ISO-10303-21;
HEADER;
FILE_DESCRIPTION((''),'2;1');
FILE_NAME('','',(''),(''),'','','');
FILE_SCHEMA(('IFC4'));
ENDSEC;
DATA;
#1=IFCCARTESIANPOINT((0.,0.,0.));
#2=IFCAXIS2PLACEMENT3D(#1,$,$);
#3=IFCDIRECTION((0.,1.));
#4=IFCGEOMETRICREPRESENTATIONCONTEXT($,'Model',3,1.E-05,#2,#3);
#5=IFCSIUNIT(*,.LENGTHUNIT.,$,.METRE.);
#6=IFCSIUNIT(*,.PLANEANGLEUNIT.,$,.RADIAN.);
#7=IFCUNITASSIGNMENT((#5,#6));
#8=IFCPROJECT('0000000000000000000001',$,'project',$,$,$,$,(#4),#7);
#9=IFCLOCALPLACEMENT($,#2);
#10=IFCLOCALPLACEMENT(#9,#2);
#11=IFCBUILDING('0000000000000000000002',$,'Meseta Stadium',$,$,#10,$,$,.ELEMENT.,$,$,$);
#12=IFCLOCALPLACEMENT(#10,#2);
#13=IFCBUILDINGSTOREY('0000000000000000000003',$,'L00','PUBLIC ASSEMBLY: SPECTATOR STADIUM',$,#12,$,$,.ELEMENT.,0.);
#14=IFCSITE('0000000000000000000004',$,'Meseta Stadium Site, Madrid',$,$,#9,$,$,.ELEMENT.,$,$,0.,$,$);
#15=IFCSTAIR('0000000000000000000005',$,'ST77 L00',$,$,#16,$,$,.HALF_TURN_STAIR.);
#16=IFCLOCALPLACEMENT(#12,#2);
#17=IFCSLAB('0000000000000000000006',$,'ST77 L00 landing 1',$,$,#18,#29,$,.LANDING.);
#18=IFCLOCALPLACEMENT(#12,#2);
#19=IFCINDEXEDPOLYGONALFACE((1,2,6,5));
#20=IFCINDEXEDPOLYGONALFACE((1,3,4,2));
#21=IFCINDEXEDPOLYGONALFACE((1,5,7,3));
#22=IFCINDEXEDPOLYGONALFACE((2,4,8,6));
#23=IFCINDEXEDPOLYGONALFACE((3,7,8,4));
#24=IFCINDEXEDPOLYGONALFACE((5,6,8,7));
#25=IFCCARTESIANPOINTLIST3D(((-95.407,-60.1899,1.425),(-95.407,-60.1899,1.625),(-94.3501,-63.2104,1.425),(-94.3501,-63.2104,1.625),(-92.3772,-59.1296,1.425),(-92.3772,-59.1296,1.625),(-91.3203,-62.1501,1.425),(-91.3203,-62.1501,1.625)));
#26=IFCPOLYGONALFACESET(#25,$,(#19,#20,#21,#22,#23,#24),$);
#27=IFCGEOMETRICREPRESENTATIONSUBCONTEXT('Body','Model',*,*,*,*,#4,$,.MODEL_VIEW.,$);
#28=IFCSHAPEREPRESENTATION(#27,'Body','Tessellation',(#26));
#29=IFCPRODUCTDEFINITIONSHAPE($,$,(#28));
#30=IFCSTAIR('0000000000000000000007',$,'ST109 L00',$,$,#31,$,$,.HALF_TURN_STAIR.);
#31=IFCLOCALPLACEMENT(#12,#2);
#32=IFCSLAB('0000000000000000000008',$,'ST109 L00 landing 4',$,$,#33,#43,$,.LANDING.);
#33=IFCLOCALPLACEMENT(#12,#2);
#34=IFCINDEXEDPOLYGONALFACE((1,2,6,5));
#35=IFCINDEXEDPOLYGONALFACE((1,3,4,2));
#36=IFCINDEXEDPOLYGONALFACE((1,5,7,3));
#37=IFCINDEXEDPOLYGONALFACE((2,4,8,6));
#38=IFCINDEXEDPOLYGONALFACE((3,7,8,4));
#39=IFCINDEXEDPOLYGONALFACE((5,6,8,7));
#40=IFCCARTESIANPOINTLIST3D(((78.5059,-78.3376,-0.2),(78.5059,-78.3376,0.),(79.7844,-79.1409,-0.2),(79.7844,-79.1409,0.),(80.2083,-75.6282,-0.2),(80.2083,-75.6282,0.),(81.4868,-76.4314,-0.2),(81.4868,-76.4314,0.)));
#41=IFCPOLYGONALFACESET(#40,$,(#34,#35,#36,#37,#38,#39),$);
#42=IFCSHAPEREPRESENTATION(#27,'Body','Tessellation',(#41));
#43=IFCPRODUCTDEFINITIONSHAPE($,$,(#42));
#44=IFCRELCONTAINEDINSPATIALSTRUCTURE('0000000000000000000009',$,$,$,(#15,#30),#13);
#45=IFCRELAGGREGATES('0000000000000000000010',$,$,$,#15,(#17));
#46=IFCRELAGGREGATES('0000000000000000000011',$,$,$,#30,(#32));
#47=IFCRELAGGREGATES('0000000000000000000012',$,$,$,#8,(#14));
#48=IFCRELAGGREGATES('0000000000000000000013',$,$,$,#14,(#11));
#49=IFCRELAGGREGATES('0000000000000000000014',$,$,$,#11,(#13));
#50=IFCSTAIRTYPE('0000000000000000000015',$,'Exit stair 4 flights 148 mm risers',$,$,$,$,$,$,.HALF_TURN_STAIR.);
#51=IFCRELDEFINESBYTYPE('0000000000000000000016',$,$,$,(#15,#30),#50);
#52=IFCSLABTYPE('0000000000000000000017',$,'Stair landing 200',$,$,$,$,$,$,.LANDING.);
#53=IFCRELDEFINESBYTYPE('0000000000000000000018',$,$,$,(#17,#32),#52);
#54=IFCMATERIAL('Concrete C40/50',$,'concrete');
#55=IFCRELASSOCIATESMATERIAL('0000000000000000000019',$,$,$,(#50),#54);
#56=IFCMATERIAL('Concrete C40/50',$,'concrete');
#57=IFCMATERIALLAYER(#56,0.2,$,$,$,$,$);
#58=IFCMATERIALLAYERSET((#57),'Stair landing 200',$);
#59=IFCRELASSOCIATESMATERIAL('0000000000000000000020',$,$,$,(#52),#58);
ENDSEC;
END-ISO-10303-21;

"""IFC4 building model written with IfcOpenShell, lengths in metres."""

from ifc_helpers import new_model, si_unit, direction, frame, origin, place, context, subcontext, project, spatial, polyline, outline, extrude, material, layer, layer_set, type_object, element, aggregate, save


model = new_model("IFC4")

# Units and contexts
model_context = context("Model", 3, precision=1e-05, world=origin(), true_north=direction((0.0, 1.0)))
body_context = subcontext(model_context, "Body", "Model", "MODEL_VIEW")
ifc_project = project(units=[si_unit("LENGTHUNIT", "METRE"), si_unit("PLANEANGLEUNIT", "RADIAN")], contexts=[model_context])

# Site, building, storey
site_placement = place(None, origin())
site = spatial("IfcSite", under=ifc_project, at=site_placement, Name="Meseta Stadium Site, Madrid", CompositionType="ELEMENT", RefElevation=0.0)
building_placement = place(site_placement, origin())
building = spatial("IfcBuilding", under=site, at=building_placement, Name="Meseta Stadium", CompositionType="ELEMENT")
storey_placement = place(building_placement, origin())
storey = spatial("IfcBuildingStorey", under=building, at=storey_placement, Name="L00", Description="PUBLIC ASSEMBLY: SPECTATOR STADIUM", CompositionType="ELEMENT", Elevation=0.0)

# Stairs, slabs
ifc_material_1 = material(Name="Concrete C40/50", Category="concrete")
stair_type = type_object("IfcStairType", Name="Exit stair 4 flights 148 mm risers", PredefinedType="HALF_TURN_STAIR", material=ifc_material_1)
ifc_material_2 = material(Name="Concrete C40/50", Category="concrete")
ifc_layer = layer(ifc_material_2, 0.2)
ifc_layer_set = layer_set([ifc_layer], Name="Stair landing 200")
slab_type = type_object("IfcSlabType", Name="Stair landing 200", PredefinedType="LANDING", material=ifc_layer_set)
stair_1_placement = place(storey_placement, origin())
stair_1 = element("IfcStair", 1, at=stair_1_placement, inside=storey, type_object=stair_type, Name="ST77 L00", PredefinedType="HALF_TURN_STAIR")
slab_1_placement = place(storey_placement, frame((0.0, 0.0, 1.425)))
slab_1 = element("IfcSlab", 2, at=slab_1_placement, type_object=slab_type, Name="ST77 L00 landing 1", PredefinedType="LANDING", context=body_context, shape_type="SweptSolid", body=[
    extrude(outline(polyline([(-92.3772, -59.1296), (-95.407, -60.1899), (-94.3501, -63.2104), (-91.3203, -62.1501), (-92.3772, -59.1296)])), origin(), (0.0, 0.0, 1.0), 0.2),
])
aggregate(stair_1, [slab_1])
stair_2_placement = place(storey_placement, origin())
stair_2 = element("IfcStair", 3, at=stair_2_placement, inside=storey, type_object=stair_type, Name="ST109 L00", PredefinedType="HALF_TURN_STAIR")
slab_2_placement = place(storey_placement, frame((0.0, 0.0, -0.2)))
slab_2 = element("IfcSlab", 4, at=slab_2_placement, type_object=slab_type, Name="ST109 L00 landing 4", PredefinedType="LANDING", context=body_context, shape_type="SweptSolid", body=[
    extrude(outline(polyline([(78.5059, -78.3376), (79.7844, -79.1409), (81.4868, -76.4314), (80.2083, -75.6282), (78.5059, -78.3376)])), origin(), (0.0, 0.0, 1.0), 0.2),
])
aggregate(stair_2, [slab_2])

save(model, "model.ifc")
